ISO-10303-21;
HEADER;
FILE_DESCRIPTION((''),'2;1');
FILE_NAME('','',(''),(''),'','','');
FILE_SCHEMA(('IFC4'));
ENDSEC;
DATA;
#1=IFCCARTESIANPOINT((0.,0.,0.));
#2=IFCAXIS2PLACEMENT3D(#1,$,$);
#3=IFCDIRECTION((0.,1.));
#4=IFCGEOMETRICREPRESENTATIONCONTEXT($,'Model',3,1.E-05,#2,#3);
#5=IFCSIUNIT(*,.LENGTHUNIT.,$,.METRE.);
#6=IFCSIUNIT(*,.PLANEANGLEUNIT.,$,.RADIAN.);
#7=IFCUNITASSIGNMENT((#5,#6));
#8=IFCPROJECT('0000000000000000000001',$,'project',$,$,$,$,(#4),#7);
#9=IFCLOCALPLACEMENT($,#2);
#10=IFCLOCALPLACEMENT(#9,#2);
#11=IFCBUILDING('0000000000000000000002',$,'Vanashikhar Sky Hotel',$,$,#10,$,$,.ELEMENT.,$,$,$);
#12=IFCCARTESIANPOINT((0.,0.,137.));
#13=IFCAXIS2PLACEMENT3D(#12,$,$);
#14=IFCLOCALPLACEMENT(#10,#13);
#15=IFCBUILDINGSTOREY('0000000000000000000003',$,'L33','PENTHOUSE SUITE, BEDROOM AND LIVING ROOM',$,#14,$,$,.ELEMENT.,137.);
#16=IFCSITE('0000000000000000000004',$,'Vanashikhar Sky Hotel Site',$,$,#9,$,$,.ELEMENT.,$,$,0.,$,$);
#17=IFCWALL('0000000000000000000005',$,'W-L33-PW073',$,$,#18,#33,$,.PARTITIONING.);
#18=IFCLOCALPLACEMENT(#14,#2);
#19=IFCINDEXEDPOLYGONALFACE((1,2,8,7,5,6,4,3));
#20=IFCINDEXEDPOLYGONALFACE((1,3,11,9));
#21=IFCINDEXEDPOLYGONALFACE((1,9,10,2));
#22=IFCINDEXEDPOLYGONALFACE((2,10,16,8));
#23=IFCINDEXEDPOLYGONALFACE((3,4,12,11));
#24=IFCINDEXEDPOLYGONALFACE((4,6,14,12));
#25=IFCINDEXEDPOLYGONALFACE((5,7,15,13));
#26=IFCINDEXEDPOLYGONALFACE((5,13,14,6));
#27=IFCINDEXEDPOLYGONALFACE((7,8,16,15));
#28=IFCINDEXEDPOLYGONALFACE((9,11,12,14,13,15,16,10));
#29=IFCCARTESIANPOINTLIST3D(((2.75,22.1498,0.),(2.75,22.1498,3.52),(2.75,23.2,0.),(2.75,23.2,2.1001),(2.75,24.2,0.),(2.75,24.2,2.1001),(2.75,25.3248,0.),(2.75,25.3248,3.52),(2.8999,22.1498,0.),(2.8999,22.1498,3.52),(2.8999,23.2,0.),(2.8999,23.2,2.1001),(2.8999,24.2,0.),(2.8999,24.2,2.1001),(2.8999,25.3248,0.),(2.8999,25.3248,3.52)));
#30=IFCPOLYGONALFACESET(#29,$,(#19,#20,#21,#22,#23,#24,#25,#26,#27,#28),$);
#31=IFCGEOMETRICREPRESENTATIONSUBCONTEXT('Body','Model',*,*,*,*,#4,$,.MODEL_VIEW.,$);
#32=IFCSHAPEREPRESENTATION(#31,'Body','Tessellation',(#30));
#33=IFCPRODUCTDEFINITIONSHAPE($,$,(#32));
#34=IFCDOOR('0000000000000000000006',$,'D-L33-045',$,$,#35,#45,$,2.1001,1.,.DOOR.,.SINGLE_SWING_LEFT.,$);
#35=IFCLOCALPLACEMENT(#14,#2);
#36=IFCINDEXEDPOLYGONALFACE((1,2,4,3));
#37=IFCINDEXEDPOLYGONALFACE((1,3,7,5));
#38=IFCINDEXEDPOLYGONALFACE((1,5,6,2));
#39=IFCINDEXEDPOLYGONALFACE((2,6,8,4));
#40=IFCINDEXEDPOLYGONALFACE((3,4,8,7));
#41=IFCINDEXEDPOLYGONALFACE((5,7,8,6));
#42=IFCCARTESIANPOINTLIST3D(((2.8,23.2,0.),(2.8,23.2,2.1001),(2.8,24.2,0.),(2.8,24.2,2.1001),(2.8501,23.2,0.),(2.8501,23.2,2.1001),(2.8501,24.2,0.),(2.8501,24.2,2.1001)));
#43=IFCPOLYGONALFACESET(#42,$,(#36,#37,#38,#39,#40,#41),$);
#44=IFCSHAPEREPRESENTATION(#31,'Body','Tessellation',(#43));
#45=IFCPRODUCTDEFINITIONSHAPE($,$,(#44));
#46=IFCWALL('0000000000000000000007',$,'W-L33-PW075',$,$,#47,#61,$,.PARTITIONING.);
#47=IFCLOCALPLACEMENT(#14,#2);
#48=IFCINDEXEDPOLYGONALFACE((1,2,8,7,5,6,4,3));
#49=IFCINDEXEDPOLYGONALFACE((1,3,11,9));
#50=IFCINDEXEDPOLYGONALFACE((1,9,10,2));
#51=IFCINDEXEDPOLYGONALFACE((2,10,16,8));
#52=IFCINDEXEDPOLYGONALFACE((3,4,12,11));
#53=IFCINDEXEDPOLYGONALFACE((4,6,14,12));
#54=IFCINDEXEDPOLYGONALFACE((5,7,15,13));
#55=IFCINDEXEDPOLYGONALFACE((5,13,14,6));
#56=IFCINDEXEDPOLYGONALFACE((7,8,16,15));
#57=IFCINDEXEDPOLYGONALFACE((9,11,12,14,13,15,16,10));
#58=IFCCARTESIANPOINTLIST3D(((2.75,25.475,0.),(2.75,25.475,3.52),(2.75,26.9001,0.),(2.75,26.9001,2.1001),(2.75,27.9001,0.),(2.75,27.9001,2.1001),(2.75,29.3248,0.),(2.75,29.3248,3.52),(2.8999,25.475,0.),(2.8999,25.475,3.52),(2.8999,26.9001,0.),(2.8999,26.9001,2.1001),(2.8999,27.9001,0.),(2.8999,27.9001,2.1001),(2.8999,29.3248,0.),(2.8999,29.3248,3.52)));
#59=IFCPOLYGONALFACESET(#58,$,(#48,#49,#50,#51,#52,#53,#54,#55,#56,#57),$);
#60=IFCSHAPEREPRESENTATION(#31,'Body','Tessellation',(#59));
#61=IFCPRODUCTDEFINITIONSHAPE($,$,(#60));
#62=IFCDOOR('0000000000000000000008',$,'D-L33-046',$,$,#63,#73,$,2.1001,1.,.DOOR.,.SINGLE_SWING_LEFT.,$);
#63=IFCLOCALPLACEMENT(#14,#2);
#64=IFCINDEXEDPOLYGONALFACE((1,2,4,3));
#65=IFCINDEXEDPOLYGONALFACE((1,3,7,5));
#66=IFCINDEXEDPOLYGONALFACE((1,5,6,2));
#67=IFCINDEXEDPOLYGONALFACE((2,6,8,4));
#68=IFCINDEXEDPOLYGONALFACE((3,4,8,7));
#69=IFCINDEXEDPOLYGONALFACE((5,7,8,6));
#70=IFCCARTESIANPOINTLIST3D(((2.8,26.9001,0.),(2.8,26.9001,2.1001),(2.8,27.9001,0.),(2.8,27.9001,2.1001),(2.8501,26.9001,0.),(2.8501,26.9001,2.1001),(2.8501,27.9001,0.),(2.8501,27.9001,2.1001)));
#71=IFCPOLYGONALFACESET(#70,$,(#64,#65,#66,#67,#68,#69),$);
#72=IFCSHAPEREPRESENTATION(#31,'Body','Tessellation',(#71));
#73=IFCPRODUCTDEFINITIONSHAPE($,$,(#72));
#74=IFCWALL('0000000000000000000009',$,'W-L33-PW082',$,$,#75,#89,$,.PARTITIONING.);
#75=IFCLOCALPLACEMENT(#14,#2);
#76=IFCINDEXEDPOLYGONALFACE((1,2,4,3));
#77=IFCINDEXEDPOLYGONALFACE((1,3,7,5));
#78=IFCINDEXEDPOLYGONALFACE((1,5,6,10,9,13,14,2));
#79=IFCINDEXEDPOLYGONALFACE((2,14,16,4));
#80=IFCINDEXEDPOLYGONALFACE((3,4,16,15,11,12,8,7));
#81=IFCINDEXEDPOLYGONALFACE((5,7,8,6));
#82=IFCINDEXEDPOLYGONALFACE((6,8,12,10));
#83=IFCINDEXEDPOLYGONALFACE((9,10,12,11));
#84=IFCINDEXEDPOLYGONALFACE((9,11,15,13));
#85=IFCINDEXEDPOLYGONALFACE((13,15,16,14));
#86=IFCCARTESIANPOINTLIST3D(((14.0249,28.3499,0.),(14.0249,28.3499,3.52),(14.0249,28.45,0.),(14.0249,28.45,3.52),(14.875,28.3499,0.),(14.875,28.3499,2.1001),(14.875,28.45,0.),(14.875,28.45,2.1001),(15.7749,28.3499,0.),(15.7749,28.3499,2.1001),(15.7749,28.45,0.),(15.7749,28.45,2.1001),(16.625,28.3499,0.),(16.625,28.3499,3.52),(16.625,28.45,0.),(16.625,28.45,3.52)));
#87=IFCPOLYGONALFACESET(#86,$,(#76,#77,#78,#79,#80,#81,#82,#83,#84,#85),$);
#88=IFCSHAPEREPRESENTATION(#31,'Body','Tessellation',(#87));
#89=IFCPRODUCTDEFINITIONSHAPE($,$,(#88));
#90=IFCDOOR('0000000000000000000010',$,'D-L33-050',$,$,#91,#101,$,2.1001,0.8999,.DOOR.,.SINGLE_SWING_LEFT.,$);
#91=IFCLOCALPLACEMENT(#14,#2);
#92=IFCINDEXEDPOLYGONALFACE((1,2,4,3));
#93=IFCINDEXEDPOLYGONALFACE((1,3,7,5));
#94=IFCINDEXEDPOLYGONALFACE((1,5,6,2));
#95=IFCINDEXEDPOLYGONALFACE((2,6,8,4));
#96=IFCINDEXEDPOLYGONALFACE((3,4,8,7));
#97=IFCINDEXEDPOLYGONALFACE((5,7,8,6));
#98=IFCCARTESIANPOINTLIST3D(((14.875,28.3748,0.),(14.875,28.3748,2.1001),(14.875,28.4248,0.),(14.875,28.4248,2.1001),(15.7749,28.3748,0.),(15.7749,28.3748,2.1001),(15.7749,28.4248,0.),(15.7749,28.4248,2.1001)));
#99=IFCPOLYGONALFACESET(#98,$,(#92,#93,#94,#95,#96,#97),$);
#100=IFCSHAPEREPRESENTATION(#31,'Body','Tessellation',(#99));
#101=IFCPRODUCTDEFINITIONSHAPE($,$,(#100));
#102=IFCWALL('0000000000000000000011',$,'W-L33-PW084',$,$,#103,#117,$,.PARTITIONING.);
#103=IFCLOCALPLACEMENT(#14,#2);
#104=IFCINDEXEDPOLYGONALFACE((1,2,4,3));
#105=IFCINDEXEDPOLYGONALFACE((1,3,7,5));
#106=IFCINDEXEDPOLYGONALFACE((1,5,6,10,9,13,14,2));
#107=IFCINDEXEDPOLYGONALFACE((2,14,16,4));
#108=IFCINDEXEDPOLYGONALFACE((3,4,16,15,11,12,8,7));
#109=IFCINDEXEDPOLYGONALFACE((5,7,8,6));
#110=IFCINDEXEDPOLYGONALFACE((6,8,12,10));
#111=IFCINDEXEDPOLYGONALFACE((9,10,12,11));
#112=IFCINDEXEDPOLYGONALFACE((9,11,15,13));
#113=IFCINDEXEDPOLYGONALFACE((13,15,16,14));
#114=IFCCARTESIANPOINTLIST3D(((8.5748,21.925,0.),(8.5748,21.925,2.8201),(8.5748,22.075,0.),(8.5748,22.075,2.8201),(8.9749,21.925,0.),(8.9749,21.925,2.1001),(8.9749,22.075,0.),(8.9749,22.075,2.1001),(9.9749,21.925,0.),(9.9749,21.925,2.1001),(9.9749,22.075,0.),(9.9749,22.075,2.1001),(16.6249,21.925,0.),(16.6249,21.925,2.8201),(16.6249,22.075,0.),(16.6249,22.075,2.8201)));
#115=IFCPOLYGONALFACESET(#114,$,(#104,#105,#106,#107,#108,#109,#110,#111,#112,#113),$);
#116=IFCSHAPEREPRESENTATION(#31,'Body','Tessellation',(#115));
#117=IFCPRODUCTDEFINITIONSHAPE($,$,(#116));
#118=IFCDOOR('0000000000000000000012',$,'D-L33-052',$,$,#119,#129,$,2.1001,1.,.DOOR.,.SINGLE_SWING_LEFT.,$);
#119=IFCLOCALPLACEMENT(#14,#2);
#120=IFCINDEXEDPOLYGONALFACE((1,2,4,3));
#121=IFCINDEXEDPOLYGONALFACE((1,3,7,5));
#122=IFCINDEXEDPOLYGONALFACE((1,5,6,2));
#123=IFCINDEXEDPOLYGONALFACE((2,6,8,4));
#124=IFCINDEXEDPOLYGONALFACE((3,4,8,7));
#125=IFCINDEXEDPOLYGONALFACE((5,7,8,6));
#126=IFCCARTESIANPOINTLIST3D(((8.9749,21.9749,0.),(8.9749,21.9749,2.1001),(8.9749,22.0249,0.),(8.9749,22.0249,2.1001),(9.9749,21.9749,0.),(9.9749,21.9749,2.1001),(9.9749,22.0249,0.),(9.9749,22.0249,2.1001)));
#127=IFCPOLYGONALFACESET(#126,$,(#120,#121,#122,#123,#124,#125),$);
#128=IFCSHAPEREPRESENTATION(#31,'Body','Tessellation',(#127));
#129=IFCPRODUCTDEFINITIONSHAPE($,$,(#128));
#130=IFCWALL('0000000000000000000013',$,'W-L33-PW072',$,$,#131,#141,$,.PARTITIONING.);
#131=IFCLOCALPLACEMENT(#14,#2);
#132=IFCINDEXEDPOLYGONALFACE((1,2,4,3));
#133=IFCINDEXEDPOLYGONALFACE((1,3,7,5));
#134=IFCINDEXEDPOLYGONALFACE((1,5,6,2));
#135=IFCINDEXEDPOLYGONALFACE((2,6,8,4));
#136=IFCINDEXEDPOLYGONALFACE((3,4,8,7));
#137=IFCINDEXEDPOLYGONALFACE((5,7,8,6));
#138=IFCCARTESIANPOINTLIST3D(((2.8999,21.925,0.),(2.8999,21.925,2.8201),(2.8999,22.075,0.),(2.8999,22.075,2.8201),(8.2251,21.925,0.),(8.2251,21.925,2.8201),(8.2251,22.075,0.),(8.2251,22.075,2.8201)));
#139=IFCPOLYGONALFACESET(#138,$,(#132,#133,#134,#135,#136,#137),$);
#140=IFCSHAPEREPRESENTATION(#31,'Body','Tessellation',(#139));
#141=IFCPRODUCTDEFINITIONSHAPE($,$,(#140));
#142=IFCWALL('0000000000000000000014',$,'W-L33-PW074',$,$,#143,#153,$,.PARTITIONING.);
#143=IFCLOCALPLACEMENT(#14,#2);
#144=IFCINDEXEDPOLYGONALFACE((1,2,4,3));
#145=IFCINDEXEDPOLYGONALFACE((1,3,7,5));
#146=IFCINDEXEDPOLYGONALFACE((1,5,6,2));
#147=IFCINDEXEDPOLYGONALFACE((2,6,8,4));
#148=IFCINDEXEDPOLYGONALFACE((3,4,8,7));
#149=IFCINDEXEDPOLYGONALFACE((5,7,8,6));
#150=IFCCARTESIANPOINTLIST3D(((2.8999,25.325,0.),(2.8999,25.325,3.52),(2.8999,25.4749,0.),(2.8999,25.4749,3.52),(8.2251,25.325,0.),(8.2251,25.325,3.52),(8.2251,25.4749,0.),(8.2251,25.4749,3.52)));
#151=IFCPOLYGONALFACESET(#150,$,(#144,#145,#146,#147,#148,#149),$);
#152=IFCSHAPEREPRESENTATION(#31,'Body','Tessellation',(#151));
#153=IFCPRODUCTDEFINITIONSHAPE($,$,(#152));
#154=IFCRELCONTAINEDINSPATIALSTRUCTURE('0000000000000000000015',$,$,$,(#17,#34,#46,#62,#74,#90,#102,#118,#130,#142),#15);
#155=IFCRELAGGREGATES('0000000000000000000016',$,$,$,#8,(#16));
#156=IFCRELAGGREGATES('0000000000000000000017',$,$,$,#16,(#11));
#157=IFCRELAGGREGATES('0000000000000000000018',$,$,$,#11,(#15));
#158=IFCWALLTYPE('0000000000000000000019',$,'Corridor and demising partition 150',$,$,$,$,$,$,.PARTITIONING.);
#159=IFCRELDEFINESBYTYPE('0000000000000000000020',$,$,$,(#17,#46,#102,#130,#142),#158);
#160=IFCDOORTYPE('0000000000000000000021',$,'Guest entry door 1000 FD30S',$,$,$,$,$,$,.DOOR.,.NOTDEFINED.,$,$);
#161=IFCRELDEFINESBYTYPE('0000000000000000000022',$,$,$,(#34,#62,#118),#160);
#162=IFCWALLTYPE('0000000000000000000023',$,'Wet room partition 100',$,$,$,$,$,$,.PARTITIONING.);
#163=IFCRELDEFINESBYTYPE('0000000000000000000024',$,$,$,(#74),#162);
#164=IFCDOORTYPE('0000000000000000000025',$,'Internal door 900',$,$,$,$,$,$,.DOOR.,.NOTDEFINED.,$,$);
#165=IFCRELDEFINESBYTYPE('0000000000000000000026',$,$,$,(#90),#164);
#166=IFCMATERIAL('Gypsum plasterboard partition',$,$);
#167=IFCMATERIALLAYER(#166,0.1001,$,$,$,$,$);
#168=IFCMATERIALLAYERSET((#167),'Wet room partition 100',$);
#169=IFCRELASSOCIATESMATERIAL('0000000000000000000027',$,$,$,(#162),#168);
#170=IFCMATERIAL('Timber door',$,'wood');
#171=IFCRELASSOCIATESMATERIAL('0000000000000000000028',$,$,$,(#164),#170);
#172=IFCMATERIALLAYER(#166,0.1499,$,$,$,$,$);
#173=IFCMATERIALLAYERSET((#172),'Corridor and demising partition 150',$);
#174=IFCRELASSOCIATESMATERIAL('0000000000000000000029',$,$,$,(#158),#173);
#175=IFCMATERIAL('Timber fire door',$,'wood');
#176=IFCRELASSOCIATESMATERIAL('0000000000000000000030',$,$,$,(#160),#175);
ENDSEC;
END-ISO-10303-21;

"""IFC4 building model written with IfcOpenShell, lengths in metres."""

from ifc_helpers import new_model, si_unit, direction, frame, frame_2d, origin, place, context, subcontext, project, spatial, rectangle, extrude, source, transform, mapped, material, layer, layer_set, type_object, element, fill, save


model = new_model("IFC4")

# Units and contexts
model_context = context("Model", 3, precision=1e-05, world=origin(), true_north=direction((0.0, 1.0)))
body_context = subcontext(model_context, "Body", "Model", "MODEL_VIEW")
ifc_project = project(units=[si_unit("LENGTHUNIT", "METRE"), si_unit("PLANEANGLEUNIT", "RADIAN")], contexts=[model_context])

# Site, building, storey
site_placement = place(None, origin())
site = spatial("IfcSite", under=ifc_project, at=site_placement, Name="Vanashikhar Sky Hotel Site", CompositionType="ELEMENT", RefElevation=0.0)
building_placement = place(site_placement, origin())
building = spatial("IfcBuilding", under=site, at=building_placement, Name="Vanashikhar Sky Hotel", CompositionType="ELEMENT")
storey_placement = place(building_placement, frame((0.0, 0.0, 137.0)))
storey = spatial("IfcBuildingStorey", under=building, at=storey_placement, Name="L33", Description="PENTHOUSE SUITE, BEDROOM AND LIVING ROOM", CompositionType="ELEMENT", Elevation=137.0)

# Shared definitions
ifc_material_1 = material(Name="Gypsum plasterboard partition")
ifc_layer_1 = layer(ifc_material_1, 0.1001)
ifc_layer_set_1 = layer_set([ifc_layer_1], Name="Wet room partition 100")
wall_type_1 = type_object("IfcWallType", Name="Wet room partition 100", PredefinedType="PARTITIONING", material=ifc_layer_set_1)
shared_shape_1 = source(origin(), body_context, "Body", "SweptSolid", [
    extrude(rectangle(XDim=0.8999, YDim=2.1001, at=frame_2d((0.45, 1.05))), frame((0.0, 0.0601, 0.0), z_axis=(0.0, -1.0, 0.0), x_axis=(1.0, 0.0, 0.0)), (0.0, 0.0, 1.0), 0.1201),
])
ifc_material_2 = material(Name="Timber door", Category="wood")
door_type_1 = type_object("IfcDoorType", Name="Internal door 900", OperationType="NOTDEFINED", PredefinedType="DOOR", material=ifc_material_2)
shared_shape_2 = source(origin(), body_context, "Body", "SweptSolid", [
    extrude(rectangle(XDim=0.8999, YDim=2.1001, at=frame_2d((0.45, 1.05))), frame((0.0, 0.0249, 0.0), z_axis=(0.0, -1.0, 0.0), x_axis=(1.0, 0.0, 0.0)), (0.0, 0.0, 1.0), 0.05),
])

# Walls, openings, doors
ifc_layer_2 = layer(ifc_material_1, 0.1499)
ifc_layer_set_2 = layer_set([ifc_layer_2], Name="Corridor and demising partition 150")
wall_type_2 = type_object("IfcWallType", Name="Corridor and demising partition 150", PredefinedType="PARTITIONING", material=ifc_layer_set_2)
shared_shape_3 = source(origin(), body_context, "Body", "SweptSolid", [
    extrude(rectangle(XDim=3.175, YDim=0.1499, at=frame_2d((1.5874, 0.0))), origin(), (0.0, 0.0, 1.0), 3.52),
])
wall_1_placement = place(storey_placement, frame((2.825, 22.1499, 0.0), z_axis=(0.0, 0.0, 1.0), x_axis=(0.0, 1.0, 0.0)))
wall_1 = element("IfcWall", 1, at=wall_1_placement, inside=storey, type_object=wall_type_2, Name="W-L33-PW073", PredefinedType="PARTITIONING", context=body_context, shape_type="MappedRepresentation", body=[
    mapped(shared_shape_3, transform((0.0, 0.0, 0.0), scale=1.0)),
])
shared_shape_4 = source(origin(), body_context, "Body", "SweptSolid", [
    extrude(rectangle(XDim=1.0, YDim=2.1001, at=frame_2d((0.5, 1.05))), frame((0.0, 0.085, 0.0), z_axis=(0.0, -1.0, 0.0), x_axis=(1.0, 0.0, 0.0)), (0.0, 0.0, 1.0), 0.1699),
])
opening_1_placement = place(wall_1_placement, frame((1.05, 0.0, 0.0)))
opening_1 = element("IfcOpeningElement", 2, at=opening_1_placement, cuts=wall_1, PredefinedType="OPENING", context=body_context, shape_type="MappedRepresentation", body=[
    mapped(shared_shape_4, transform((0.0, 0.0, 0.0), scale=1.0)),
])
ifc_material_3 = material(Name="Timber fire door", Category="wood")
door_type_2 = type_object("IfcDoorType", Name="Guest entry door 1000 FD30S", OperationType="NOTDEFINED", PredefinedType="DOOR", material=ifc_material_3)
shared_shape_5 = source(origin(), body_context, "Body", "SweptSolid", [
    extrude(rectangle(XDim=1.0, YDim=2.1001, at=frame_2d((0.5, 1.05))), frame((0.0, 0.0249, 0.0), z_axis=(0.0, -1.0, 0.0), x_axis=(1.0, 0.0, 0.0)), (0.0, 0.0, 1.0), 0.05),
])
door_1_placement = place(opening_1_placement, origin())
door_1 = element("IfcDoor", 3, at=door_1_placement, inside=storey, type_object=door_type_2, Name="D-L33-045", OperationType="SINGLE_SWING_LEFT", OverallHeight=2.1001, OverallWidth=1.0, PredefinedType="DOOR", context=body_context, shape_type="MappedRepresentation", body=[
    mapped(shared_shape_5, transform((0.0, 0.0, 0.0), scale=1.0)),
])
fill(opening_1, door_1)
shared_shape_6 = source(origin(), body_context, "Body", "SweptSolid", [
    extrude(rectangle(XDim=3.8499, YDim=0.1499, at=frame_2d((1.9248, 0.0))), origin(), (0.0, 0.0, 1.0), 3.52),
])
wall_2_placement = place(storey_placement, frame((2.825, 25.4751, 0.0), z_axis=(0.0, 0.0, 1.0), x_axis=(0.0, 1.0, 0.0)))
wall_2 = element("IfcWall", 4, at=wall_2_placement, inside=storey, type_object=wall_type_2, Name="W-L33-PW075", PredefinedType="PARTITIONING", context=body_context, shape_type="MappedRepresentation", body=[
    mapped(shared_shape_6, transform((0.0, 0.0, 0.0), scale=1.0)),
])
opening_2_placement = place(wall_2_placement, frame((1.425, 0.0, 0.0)))
opening_2 = element("IfcOpeningElement", 5, at=opening_2_placement, cuts=wall_2, PredefinedType="OPENING", context=body_context, shape_type="MappedRepresentation", body=[
    mapped(shared_shape_4, transform((0.0, 0.0, 0.0), scale=1.0)),
])
door_2_placement = place(opening_2_placement, origin())
door_2 = element("IfcDoor", 6, at=door_2_placement, inside=storey, type_object=door_type_2, Name="D-L33-046", OperationType="SINGLE_SWING_LEFT", OverallHeight=2.1001, OverallWidth=1.0, PredefinedType="DOOR", context=body_context, shape_type="MappedRepresentation", body=[
    mapped(shared_shape_5, transform((0.0, 0.0, 0.0), scale=1.0)),
])
fill(opening_2, door_2)
shared_shape_7 = source(origin(), body_context, "Body", "SweptSolid", [
    extrude(rectangle(XDim=2.6001, YDim=0.1001, at=frame_2d((1.3, 0.0))), origin(), (0.0, 0.0, 1.0), 3.52),
])
wall_3_placement = place(storey_placement, frame((14.0249, 28.3999, 0.0), z_axis=(0.0, 0.0, 1.0), x_axis=(1.0, 0.0, 0.0)))
wall_3 = element("IfcWall", 7, at=wall_3_placement, inside=storey, type_object=wall_type_1, Name="W-L33-PW082", PredefinedType="PARTITIONING", context=body_context, shape_type="MappedRepresentation", body=[
    mapped(shared_shape_7, transform((0.0, 0.0, 0.0), scale=1.0)),
])
opening_3_placement = place(wall_3_placement, frame((0.8501, 0.0, 0.0)))
opening_3 = element("IfcOpeningElement", 8, at=opening_3_placement, cuts=wall_3, PredefinedType="OPENING", context=body_context, shape_type="MappedRepresentation", body=[
    mapped(shared_shape_1, transform((0.0, 0.0, 0.0), scale=1.0)),
])
door_3_placement = place(opening_3_placement, origin())
door_3 = element("IfcDoor", 9, at=door_3_placement, inside=storey, type_object=door_type_1, Name="D-L33-050", OperationType="SINGLE_SWING_LEFT", OverallHeight=2.1001, OverallWidth=0.8999, PredefinedType="DOOR", context=body_context, shape_type="MappedRepresentation", body=[
    mapped(shared_shape_2, transform((0.0, 0.0, 0.0), scale=1.0)),
])
fill(opening_3, door_3)
shared_shape_8 = source(origin(), body_context, "Body", "SweptSolid", [
    extrude(rectangle(XDim=8.05, YDim=0.1499, at=frame_2d((4.0249, 0.0))), origin(), (0.0, 0.0, 1.0), 2.8201),
])
wall_4_placement = place(storey_placement, frame((8.575, 22.0, 0.0), z_axis=(0.0, 0.0, 1.0), x_axis=(1.0, 0.0, 0.0)))
wall_4 = element("IfcWall", 10, at=wall_4_placement, inside=storey, type_object=wall_type_2, Name="W-L33-PW084", PredefinedType="PARTITIONING", context=body_context, shape_type="MappedRepresentation", body=[
    mapped(shared_shape_8, transform((0.0, 0.0, 0.0), scale=1.0)),
])
opening_4_placement = place(wall_4_placement, frame((0.3999, 0.0, 0.0)))
opening_4 = element("IfcOpeningElement", 11, at=opening_4_placement, cuts=wall_4, PredefinedType="OPENING", context=body_context, shape_type="MappedRepresentation", body=[
    mapped(shared_shape_4, transform((0.0, 0.0, 0.0), scale=1.0)),
])
door_4_placement = place(opening_4_placement, origin())
door_4 = element("IfcDoor", 12, at=door_4_placement, inside=storey, type_object=door_type_2, Name="D-L33-052", OperationType="SINGLE_SWING_LEFT", OverallHeight=2.1001, OverallWidth=1.0, PredefinedType="DOOR", context=body_context, shape_type="MappedRepresentation", body=[
    mapped(shared_shape_5, transform((0.0, 0.0, 0.0), scale=1.0)),
])
fill(opening_4, door_4)

# Walls
shared_shape_9 = source(origin(), body_context, "Body", "SweptSolid", [
    extrude(rectangle(XDim=5.3252, YDim=0.1499, at=frame_2d((2.6626, 0.0))), origin(), (0.0, 0.0, 1.0), 2.8201),
])
wall_5_placement = place(storey_placement, frame((2.8999, 22.0, 0.0), z_axis=(0.0, 0.0, 1.0), x_axis=(1.0, 0.0, 0.0)))
element("IfcWall", 13, at=wall_5_placement, inside=storey, type_object=wall_type_2, Name="W-L33-PW072", PredefinedType="PARTITIONING", context=body_context, shape_type="MappedRepresentation", body=[
    mapped(shared_shape_9, transform((0.0, 0.0, 0.0), scale=1.0)),
])
shared_shape_10 = source(origin(), body_context, "Body", "SweptSolid", [
    extrude(rectangle(XDim=5.3252, YDim=0.1499, at=frame_2d((2.6626, 0.0))), origin(), (0.0, 0.0, 1.0), 3.52),
])
wall_6_placement = place(storey_placement, frame((2.8999, 25.3999, 0.0), z_axis=(0.0, 0.0, 1.0), x_axis=(1.0, 0.0, 0.0)))
element("IfcWall", 14, at=wall_6_placement, inside=storey, type_object=wall_type_2, Name="W-L33-PW074", PredefinedType="PARTITIONING", context=body_context, shape_type="MappedRepresentation", body=[
    mapped(shared_shape_10, transform((0.0, 0.0, 0.0), scale=1.0)),
])

save(model, "model.ifc")
